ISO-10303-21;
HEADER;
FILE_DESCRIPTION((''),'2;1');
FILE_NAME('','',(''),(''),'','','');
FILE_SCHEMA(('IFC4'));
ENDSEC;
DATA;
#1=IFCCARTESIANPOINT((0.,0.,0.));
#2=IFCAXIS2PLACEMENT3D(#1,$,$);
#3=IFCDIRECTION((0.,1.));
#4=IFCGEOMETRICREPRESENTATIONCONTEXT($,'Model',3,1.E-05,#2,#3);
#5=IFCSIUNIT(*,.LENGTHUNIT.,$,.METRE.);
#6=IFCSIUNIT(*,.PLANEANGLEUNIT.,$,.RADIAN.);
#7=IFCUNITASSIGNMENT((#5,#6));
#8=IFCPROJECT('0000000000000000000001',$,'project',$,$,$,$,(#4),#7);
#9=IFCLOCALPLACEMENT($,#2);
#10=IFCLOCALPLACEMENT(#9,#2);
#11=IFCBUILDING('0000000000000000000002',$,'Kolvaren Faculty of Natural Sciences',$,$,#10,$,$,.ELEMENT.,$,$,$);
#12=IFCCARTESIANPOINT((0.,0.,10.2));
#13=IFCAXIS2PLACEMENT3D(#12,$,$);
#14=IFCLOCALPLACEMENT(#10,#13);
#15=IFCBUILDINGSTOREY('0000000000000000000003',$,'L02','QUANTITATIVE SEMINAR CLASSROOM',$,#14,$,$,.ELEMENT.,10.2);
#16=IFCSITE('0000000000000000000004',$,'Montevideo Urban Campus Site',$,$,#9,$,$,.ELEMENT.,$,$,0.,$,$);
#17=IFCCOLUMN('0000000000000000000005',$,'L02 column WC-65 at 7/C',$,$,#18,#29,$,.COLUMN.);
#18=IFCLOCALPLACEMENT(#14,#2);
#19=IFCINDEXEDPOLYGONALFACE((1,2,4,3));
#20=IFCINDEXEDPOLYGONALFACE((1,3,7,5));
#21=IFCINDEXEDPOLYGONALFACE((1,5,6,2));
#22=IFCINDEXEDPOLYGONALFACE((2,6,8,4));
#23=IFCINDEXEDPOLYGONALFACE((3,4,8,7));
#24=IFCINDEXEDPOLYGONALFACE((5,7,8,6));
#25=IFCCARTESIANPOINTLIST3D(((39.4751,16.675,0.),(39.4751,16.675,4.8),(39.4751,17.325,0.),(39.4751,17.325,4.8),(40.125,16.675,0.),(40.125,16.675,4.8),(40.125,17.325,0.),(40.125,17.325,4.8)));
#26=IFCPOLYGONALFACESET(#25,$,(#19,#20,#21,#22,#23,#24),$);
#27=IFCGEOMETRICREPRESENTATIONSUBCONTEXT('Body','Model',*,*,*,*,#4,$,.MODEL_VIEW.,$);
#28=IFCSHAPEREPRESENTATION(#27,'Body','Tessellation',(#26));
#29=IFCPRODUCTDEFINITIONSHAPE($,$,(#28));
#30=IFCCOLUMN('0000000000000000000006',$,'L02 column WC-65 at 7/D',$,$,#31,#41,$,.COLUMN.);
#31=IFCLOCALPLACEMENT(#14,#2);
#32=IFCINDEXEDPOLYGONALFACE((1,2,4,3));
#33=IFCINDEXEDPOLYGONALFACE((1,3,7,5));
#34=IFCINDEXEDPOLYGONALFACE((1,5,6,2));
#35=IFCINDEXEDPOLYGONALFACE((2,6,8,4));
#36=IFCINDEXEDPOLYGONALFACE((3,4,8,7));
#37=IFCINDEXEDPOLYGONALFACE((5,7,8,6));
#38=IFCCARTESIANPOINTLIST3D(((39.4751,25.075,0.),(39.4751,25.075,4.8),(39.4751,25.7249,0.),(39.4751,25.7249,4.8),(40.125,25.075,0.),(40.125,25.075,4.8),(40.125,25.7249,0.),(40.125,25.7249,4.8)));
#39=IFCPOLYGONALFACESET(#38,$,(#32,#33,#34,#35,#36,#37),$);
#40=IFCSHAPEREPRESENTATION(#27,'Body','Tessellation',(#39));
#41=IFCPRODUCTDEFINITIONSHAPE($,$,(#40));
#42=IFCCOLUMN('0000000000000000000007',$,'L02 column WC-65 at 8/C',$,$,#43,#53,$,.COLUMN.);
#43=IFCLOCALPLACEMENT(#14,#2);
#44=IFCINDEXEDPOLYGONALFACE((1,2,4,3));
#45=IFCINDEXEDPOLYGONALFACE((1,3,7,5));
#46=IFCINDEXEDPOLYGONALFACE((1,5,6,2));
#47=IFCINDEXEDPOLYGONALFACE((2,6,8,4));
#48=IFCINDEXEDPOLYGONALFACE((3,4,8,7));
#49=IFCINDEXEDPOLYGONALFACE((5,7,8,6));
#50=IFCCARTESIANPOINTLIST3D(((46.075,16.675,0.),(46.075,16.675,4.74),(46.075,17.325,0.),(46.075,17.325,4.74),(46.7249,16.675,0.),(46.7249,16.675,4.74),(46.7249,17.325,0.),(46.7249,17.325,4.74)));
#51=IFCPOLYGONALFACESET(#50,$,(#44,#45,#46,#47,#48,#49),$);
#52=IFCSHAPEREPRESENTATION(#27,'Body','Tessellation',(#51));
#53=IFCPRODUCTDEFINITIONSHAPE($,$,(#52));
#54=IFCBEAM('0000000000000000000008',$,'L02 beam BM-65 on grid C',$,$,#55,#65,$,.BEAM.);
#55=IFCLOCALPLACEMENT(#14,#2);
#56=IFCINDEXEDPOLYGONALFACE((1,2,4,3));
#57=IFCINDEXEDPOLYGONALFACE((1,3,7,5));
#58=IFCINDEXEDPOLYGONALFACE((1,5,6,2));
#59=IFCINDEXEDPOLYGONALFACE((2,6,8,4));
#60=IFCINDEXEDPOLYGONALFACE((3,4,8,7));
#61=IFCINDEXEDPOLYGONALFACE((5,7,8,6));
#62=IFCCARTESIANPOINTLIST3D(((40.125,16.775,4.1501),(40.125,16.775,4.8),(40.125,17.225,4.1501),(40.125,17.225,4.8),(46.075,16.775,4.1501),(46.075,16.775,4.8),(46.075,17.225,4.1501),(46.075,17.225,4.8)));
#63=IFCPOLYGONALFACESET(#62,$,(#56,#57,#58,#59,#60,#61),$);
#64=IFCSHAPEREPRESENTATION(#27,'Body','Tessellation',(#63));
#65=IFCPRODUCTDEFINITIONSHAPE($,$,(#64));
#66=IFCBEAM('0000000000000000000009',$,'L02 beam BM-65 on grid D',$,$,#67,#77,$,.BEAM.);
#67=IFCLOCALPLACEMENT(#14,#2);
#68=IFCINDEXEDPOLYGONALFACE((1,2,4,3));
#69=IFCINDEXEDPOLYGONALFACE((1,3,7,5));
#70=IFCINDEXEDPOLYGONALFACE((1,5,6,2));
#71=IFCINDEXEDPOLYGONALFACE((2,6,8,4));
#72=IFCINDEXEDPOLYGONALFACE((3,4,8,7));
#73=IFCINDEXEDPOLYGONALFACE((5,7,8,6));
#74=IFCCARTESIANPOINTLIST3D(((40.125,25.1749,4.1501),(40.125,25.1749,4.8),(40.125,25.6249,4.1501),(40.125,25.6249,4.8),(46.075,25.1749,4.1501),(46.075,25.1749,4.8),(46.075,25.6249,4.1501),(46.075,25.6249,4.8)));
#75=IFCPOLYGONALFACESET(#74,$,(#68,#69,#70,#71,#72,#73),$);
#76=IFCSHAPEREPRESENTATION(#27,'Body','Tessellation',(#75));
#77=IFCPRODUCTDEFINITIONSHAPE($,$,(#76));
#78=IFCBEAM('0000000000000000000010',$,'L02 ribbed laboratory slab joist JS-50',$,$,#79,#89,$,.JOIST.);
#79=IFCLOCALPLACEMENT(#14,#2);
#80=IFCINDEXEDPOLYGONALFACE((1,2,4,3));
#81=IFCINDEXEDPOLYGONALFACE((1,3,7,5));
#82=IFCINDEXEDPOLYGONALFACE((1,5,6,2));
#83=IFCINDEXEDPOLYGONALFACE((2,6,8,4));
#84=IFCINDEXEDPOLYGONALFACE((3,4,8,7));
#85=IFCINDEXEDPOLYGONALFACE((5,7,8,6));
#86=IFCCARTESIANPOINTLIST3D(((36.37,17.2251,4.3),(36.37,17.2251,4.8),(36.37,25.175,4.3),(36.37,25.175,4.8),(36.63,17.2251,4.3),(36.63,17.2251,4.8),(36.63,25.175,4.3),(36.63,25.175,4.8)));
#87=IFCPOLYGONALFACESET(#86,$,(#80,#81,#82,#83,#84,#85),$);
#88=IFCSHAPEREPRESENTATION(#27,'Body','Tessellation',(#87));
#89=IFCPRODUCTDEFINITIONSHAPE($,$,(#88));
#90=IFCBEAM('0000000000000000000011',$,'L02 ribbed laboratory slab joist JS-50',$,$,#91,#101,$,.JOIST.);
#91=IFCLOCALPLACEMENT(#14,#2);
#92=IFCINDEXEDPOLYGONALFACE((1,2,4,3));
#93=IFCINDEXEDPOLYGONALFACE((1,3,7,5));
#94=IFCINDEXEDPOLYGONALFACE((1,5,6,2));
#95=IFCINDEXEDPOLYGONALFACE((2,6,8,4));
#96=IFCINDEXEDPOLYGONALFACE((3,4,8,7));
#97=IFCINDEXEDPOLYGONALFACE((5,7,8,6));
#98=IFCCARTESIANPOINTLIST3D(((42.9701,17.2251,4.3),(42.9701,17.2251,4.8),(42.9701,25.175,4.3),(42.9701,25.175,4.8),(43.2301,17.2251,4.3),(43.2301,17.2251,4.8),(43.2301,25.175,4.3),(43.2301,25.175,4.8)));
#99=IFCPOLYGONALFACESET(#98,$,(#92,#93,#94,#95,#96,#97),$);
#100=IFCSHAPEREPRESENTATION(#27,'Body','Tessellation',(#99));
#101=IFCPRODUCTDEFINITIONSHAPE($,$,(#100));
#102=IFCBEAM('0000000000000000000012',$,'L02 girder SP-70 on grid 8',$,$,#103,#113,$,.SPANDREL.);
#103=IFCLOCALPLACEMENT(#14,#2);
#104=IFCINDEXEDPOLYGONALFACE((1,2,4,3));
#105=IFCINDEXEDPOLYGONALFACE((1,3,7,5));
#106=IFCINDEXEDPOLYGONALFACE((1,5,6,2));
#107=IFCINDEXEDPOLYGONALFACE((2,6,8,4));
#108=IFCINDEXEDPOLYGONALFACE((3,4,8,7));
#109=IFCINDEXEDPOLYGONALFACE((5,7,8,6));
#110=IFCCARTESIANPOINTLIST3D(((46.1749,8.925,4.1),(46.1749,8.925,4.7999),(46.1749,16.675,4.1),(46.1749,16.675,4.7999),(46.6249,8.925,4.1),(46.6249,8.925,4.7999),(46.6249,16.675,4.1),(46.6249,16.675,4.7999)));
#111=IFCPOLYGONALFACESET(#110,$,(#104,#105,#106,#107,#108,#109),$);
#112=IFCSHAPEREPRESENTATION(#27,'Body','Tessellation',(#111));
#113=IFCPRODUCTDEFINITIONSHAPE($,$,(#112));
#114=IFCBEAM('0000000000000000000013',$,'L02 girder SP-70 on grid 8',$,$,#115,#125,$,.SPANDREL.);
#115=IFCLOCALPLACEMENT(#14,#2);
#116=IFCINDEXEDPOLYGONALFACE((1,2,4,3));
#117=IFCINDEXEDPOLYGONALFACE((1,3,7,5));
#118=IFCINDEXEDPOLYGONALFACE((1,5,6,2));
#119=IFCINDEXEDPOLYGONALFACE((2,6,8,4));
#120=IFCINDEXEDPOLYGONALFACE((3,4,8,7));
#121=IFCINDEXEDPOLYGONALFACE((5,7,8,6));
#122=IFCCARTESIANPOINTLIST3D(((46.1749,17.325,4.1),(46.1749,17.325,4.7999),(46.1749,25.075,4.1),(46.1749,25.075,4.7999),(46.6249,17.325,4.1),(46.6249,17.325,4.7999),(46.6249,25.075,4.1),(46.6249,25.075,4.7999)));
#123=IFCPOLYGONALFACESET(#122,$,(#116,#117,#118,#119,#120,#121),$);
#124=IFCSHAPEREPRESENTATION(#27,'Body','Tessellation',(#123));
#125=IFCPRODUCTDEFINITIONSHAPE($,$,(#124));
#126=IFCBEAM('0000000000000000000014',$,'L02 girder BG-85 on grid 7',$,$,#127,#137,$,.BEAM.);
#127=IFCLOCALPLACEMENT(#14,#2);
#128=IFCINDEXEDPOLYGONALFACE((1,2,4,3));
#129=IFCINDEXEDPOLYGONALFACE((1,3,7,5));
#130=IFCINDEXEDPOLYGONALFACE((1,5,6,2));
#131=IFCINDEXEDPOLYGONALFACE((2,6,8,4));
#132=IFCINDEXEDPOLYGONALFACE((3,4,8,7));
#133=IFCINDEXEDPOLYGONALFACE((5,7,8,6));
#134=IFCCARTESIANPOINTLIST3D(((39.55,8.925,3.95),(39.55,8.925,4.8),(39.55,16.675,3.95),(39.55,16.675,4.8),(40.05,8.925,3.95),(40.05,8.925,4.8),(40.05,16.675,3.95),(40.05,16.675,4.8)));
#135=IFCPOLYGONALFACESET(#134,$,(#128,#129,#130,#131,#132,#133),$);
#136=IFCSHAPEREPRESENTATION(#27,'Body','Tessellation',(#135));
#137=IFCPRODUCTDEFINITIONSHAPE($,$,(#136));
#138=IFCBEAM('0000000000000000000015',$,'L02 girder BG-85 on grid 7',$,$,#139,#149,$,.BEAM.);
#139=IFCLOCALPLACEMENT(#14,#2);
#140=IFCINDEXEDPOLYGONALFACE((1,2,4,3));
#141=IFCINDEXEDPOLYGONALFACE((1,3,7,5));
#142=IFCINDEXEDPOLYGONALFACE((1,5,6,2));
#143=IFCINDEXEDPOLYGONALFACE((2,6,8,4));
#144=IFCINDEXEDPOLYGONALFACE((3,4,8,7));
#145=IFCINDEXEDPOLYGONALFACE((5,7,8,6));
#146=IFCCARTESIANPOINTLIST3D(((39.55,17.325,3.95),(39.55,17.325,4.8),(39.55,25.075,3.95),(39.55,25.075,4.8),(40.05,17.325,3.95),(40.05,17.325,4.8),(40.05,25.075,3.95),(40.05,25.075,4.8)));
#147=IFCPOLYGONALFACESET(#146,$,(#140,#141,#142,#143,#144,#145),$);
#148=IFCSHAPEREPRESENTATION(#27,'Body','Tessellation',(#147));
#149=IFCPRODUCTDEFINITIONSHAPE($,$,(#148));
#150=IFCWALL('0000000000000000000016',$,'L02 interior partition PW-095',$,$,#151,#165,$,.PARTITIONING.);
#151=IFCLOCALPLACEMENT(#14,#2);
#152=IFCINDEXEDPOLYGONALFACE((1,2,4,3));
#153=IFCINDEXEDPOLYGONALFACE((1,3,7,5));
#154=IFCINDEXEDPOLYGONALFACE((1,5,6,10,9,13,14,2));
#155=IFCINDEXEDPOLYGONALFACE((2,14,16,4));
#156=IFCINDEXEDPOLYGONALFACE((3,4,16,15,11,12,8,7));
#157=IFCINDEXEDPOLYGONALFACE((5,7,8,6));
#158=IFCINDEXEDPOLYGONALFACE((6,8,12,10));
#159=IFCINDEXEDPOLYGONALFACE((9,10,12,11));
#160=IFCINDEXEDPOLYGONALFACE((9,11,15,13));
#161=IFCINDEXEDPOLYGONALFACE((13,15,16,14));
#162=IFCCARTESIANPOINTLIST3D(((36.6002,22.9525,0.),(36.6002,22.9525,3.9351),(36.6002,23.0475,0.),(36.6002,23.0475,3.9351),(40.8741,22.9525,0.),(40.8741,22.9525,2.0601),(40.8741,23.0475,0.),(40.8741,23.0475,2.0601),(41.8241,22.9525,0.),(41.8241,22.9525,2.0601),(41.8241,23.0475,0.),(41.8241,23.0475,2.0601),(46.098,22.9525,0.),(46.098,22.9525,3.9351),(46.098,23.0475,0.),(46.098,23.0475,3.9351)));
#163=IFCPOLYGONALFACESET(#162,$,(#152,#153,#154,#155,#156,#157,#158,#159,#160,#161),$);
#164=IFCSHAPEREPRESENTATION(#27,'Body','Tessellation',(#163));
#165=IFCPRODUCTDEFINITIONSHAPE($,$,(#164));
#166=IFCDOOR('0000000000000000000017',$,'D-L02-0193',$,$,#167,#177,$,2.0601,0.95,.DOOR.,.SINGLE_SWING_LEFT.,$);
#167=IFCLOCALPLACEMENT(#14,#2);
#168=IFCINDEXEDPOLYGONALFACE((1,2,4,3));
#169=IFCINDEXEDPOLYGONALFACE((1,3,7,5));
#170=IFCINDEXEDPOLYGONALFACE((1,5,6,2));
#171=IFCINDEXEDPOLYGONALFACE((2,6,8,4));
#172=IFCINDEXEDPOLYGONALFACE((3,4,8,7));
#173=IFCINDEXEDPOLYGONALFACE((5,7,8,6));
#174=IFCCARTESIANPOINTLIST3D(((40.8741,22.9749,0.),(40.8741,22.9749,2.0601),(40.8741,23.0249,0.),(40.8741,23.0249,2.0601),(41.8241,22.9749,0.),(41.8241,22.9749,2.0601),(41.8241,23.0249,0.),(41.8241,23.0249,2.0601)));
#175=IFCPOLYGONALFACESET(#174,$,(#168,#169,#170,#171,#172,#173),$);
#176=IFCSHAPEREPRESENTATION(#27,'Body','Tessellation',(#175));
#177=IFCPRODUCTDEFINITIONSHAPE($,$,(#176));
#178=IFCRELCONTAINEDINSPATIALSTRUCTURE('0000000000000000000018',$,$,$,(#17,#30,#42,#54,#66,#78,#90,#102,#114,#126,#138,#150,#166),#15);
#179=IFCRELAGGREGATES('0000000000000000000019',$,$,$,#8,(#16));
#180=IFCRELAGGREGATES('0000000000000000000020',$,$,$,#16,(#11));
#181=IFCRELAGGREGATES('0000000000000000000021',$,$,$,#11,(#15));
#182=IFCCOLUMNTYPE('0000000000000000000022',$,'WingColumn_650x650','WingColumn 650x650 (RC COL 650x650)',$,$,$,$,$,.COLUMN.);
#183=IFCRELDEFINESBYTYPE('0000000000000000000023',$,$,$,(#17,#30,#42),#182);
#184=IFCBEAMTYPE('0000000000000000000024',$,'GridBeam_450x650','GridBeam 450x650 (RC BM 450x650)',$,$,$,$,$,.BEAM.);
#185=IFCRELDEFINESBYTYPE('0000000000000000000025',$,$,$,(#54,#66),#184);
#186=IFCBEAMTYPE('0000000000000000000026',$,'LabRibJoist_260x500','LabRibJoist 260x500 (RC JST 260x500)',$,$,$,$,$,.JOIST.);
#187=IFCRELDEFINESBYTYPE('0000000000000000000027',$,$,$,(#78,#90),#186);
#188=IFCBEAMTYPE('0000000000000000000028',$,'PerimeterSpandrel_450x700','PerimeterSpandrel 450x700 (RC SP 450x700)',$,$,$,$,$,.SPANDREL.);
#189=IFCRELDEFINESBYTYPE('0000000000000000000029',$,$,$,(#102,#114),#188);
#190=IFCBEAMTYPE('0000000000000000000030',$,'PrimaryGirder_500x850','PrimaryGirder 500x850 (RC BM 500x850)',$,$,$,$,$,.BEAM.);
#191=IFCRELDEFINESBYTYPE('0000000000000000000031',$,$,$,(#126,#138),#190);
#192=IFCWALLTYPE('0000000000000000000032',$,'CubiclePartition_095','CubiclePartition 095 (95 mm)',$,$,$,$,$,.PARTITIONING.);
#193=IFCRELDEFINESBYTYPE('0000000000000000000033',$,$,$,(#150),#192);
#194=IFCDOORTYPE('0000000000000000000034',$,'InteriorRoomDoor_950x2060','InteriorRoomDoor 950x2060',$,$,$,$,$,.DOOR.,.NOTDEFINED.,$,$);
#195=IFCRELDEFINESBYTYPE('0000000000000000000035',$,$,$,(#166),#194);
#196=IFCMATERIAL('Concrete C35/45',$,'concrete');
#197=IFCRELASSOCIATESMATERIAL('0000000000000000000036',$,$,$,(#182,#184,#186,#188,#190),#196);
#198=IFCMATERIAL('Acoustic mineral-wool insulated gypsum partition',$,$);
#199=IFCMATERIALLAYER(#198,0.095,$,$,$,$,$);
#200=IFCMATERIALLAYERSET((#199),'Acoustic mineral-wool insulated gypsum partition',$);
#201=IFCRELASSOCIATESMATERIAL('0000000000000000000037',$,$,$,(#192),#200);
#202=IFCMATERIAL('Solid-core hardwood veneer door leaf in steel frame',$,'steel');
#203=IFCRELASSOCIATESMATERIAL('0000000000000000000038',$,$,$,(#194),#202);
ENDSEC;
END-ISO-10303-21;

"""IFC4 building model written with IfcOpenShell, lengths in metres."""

from ifc_helpers import new_model, si_unit, direction, frame, frame_2d, origin, origin_2d, place, context, subcontext, project, spatial, rectangle, extrude, material, layer, layer_set, material_profile, profile_set, type_object, element, fill, save


model = new_model("IFC4")

# Units and contexts
model_context = context("Model", 3, precision=1e-05, world=origin(), true_north=direction((0.0, 1.0)))
body_context = subcontext(model_context, "Body", "Model", "MODEL_VIEW")
ifc_project = project(units=[si_unit("LENGTHUNIT", "METRE"), si_unit("PLANEANGLEUNIT", "RADIAN")], contexts=[model_context])

# Site, building, storey
site_placement = place(None, origin())
site = spatial("IfcSite", under=ifc_project, at=site_placement, Name="Montevideo Urban Campus Site", CompositionType="ELEMENT", RefElevation=0.0)
building_placement = place(site_placement, origin())
building = spatial("IfcBuilding", under=site, at=building_placement, Name="Kolvaren Faculty of Natural Sciences", CompositionType="ELEMENT")
storey_placement = place(building_placement, frame((0.0, 0.0, 10.2)))
storey = spatial("IfcBuildingStorey", under=building, at=storey_placement, Name="L02", Description="QUANTITATIVE SEMINAR CLASSROOM", CompositionType="ELEMENT", Elevation=10.2)

# Columns
ifc_material_1 = material(Name="Concrete C35/45", Category="concrete")
ifc_material_profile_1 = material_profile(ifc_material_1, rectangle(XDim=0.6499, YDim=0.6499, at=origin_2d()), Name="RC COL 650x650")
ifc_profile_set_1 = profile_set([ifc_material_profile_1], Name="Concrete C35/45")
column_type = type_object("IfcColumnType", Name="WingColumn_650x650", Description="WingColumn 650x650 (RC COL 650x650)", PredefinedType="COLUMN", material=ifc_profile_set_1)
for number, where, z_axis, x_axis, name in (
    (1, (39.8, 17.0, 0.0), (0.0, 0.0, 1.0), (1.0, 0.0, 0.0), "L02 column WC-65 at 7/C"),
    (2, (39.8, 25.3999, 0.0), (0.0, 0.0, 1.0), (1.0, 0.0, 0.0), "L02 column WC-65 at 7/D"),
):
    element("IfcColumn", number, at=place(storey_placement, frame(where, z_axis=z_axis, x_axis=x_axis)), inside=storey, type_object=column_type, Name=name, PredefinedType="COLUMN", context=body_context, shape_type="SweptSolid", body=[
        extrude(rectangle(XDim=0.6499, YDim=0.6499, at=origin_2d()), origin(), (0.0, 0.0, 1.0), 4.8),
    ])
column_placement = place(storey_placement, frame((46.3999, 17.0, 0.0), z_axis=(0.0, 0.0, 1.0), x_axis=(1.0, 0.0, 0.0)))
element("IfcColumn", 3, at=column_placement, inside=storey, type_object=column_type, Name="L02 column WC-65 at 8/C", PredefinedType="COLUMN", context=body_context, shape_type="SweptSolid", body=[
    extrude(rectangle(XDim=0.6499, YDim=0.6499, at=origin_2d()), origin(), (0.0, 0.0, 1.0), 4.74),
])

# Beams
ifc_material_profile_2 = material_profile(ifc_material_1, rectangle(XDim=0.45, YDim=0.6499, at=origin_2d()), Name="RC BM 450x650")
ifc_profile_set_2 = profile_set([ifc_material_profile_2], Name="Concrete C35/45")
beam_type_1 = type_object("IfcBeamType", Name="GridBeam_450x650", Description="GridBeam 450x650 (RC BM 450x650)", PredefinedType="BEAM", material=ifc_profile_set_2)
for number, where, z_axis, x_axis, name in (
    (4, (40.125, 17.0, 4.4751), (1.0, 0.0, 0.0), (0.0, 1.0, 0.0), "L02 beam BM-65 on grid C"),
    (5, (40.125, 25.3999, 4.4751), (1.0, 0.0, 0.0), (0.0, 1.0, 0.0), "L02 beam BM-65 on grid D"),
):
    element("IfcBeam", number, at=place(storey_placement, frame(where, z_axis=z_axis, x_axis=x_axis)), inside=storey, type_object=beam_type_1, Name=name, PredefinedType="BEAM", context=body_context, shape_type="SweptSolid", body=[
        extrude(rectangle(XDim=0.45, YDim=0.6499, at=origin_2d()), origin(), (0.0, 0.0, 1.0), 5.95),
    ])
ifc_material_profile_3 = material_profile(ifc_material_1, rectangle(XDim=0.26, YDim=0.5, at=origin_2d()), Name="RC JST 260x500")
ifc_profile_set_3 = profile_set([ifc_material_profile_3], Name="Concrete C35/45")
beam_type_2 = type_object("IfcBeamType", Name="LabRibJoist_260x500", Description="LabRibJoist 260x500 (RC JST 260x500)", PredefinedType="JOIST", material=ifc_profile_set_3)
for number, where, z_axis, x_axis, name in (
    (6, (36.5, 17.2251, 4.55), (0.0, 1.0, 0.0), (-1.0, 0.0, 0.0), "L02 ribbed laboratory slab joist JS-50"),
    (7, (43.1001, 17.2251, 4.55), (0.0, 1.0, 0.0), (-1.0, 0.0, 0.0), "L02 ribbed laboratory slab joist JS-50"),
):
    element("IfcBeam", number, at=place(storey_placement, frame(where, z_axis=z_axis, x_axis=x_axis)), inside=storey, type_object=beam_type_2, Name=name, PredefinedType="JOIST", context=body_context, shape_type="SweptSolid", body=[
        extrude(rectangle(XDim=0.26, YDim=0.5, at=origin_2d()), origin(), (0.0, 0.0, 1.0), 7.95),
    ])
ifc_material_profile_4 = material_profile(ifc_material_1, rectangle(XDim=0.45, YDim=0.7, at=origin_2d()), Name="RC SP 450x700")
ifc_profile_set_4 = profile_set([ifc_material_profile_4], Name="Concrete C35/45")
beam_type_3 = type_object("IfcBeamType", Name="PerimeterSpandrel_450x700", Description="PerimeterSpandrel 450x700 (RC SP 450x700)", PredefinedType="SPANDREL", material=ifc_profile_set_4)
for number, where, z_axis, x_axis, name in (
    (8, (46.3999, 8.925, 4.45), (0.0, 1.0, 0.0), (-1.0, 0.0, 0.0), "L02 girder SP-70 on grid 8"),
    (9, (46.3999, 17.325, 4.45), (0.0, 1.0, 0.0), (-1.0, 0.0, 0.0), "L02 girder SP-70 on grid 8"),
):
    element("IfcBeam", number, at=place(storey_placement, frame(where, z_axis=z_axis, x_axis=x_axis)), inside=storey, type_object=beam_type_3, Name=name, PredefinedType="SPANDREL", context=body_context, shape_type="SweptSolid", body=[
        extrude(rectangle(XDim=0.45, YDim=0.7, at=origin_2d()), origin(), (0.0, 0.0, 1.0), 7.75),
    ])
ifc_material_profile_5 = material_profile(ifc_material_1, rectangle(XDim=0.5, YDim=0.8501, at=origin_2d()), Name="RC BM 500x850")
ifc_profile_set_5 = profile_set([ifc_material_profile_5], Name="Concrete C35/45")
beam_type_4 = type_object("IfcBeamType", Name="PrimaryGirder_500x850", Description="PrimaryGirder 500x850 (RC BM 500x850)", PredefinedType="BEAM", material=ifc_profile_set_5)
for number, where, z_axis, x_axis, name in (
    (10, (39.8, 8.925, 4.375), (0.0, 1.0, 0.0), (-1.0, 0.0, 0.0), "L02 girder BG-85 on grid 7"),
    (11, (39.8, 17.325, 4.375), (0.0, 1.0, 0.0), (-1.0, 0.0, 0.0), "L02 girder BG-85 on grid 7"),
):
    element("IfcBeam", number, at=place(storey_placement, frame(where, z_axis=z_axis, x_axis=x_axis)), inside=storey, type_object=beam_type_4, Name=name, PredefinedType="BEAM", context=body_context, shape_type="SweptSolid", body=[
        extrude(rectangle(XDim=0.5, YDim=0.8501, at=origin_2d()), origin(), (0.0, 0.0, 1.0), 7.75),
    ])

# Wall, opening, door
ifc_material_2 = material(Name="Acoustic mineral-wool insulated gypsum partition")
ifc_layer_1 = layer(ifc_material_2, 0.095)
ifc_layer_set_1 = layer_set([ifc_layer_1], Name="Acoustic mineral-wool insulated gypsum partition")
wall_type_1 = type_object("IfcWallType", Name="CubiclePartition_095", Description="CubiclePartition 095 (95 mm)", PredefinedType="PARTITIONING", material=ifc_layer_set_1)
wall_1_placement = place(storey_placement, frame((36.6001, 23.0, 0.0), z_axis=(0.0, 0.0, 1.0), x_axis=(1.0, 0.0, 0.0)))
wall_1 = element("IfcWall", 12, at=wall_1_placement, inside=storey, type_object=wall_type_1, Name="L02 interior partition PW-095", PredefinedType="PARTITIONING", context=body_context, shape_type="SweptSolid", body=[
    extrude(rectangle(XDim=9.4978, YDim=0.095, at=frame_2d((4.749, 0.0))), origin(), (0.0, 0.0, 1.0), 3.9351),
])
opening_1_placement = place(wall_1_placement, frame((4.2739, 0.0, 0.0)))
opening_1 = element("IfcOpeningElement", 13, at=opening_1_placement, cuts=wall_1, PredefinedType="OPENING", context=body_context, shape_type="SweptSolid", body=[
    extrude(rectangle(XDim=0.95, YDim=2.0601, at=frame_2d((0.4751, 1.03))), frame((0.0, 0.0574, 0.0), z_axis=(0.0, -1.0, 0.0), x_axis=(1.0, 0.0, 0.0)), (0.0, 0.0, 1.0), 0.115),
])
ifc_material_3 = material(Name="Solid-core hardwood veneer door leaf in steel frame", Category="steel")
door_type_1 = type_object("IfcDoorType", Name="InteriorRoomDoor_950x2060", Description="InteriorRoomDoor 950x2060", OperationType="NOTDEFINED", PredefinedType="DOOR", material=ifc_material_3)
door_1_placement = place(opening_1_placement, origin())
door_1 = element("IfcDoor", 14, at=door_1_placement, inside=storey, type_object=door_type_1, Name="D-L02-0193", OperationType="SINGLE_SWING_LEFT", OverallHeight=2.0601, OverallWidth=0.95, PredefinedType="DOOR", context=body_context, shape_type="SweptSolid", body=[
    extrude(rectangle(XDim=0.95, YDim=2.0601, at=frame_2d((0.4751, 1.03))), frame((0.0, 0.0249, 0.0), z_axis=(0.0, -1.0, 0.0), x_axis=(1.0, 0.0, 0.0)), (0.0, 0.0, 1.0), 0.05),
])
fill(opening_1, door_1)

save(model, "model.ifc")
